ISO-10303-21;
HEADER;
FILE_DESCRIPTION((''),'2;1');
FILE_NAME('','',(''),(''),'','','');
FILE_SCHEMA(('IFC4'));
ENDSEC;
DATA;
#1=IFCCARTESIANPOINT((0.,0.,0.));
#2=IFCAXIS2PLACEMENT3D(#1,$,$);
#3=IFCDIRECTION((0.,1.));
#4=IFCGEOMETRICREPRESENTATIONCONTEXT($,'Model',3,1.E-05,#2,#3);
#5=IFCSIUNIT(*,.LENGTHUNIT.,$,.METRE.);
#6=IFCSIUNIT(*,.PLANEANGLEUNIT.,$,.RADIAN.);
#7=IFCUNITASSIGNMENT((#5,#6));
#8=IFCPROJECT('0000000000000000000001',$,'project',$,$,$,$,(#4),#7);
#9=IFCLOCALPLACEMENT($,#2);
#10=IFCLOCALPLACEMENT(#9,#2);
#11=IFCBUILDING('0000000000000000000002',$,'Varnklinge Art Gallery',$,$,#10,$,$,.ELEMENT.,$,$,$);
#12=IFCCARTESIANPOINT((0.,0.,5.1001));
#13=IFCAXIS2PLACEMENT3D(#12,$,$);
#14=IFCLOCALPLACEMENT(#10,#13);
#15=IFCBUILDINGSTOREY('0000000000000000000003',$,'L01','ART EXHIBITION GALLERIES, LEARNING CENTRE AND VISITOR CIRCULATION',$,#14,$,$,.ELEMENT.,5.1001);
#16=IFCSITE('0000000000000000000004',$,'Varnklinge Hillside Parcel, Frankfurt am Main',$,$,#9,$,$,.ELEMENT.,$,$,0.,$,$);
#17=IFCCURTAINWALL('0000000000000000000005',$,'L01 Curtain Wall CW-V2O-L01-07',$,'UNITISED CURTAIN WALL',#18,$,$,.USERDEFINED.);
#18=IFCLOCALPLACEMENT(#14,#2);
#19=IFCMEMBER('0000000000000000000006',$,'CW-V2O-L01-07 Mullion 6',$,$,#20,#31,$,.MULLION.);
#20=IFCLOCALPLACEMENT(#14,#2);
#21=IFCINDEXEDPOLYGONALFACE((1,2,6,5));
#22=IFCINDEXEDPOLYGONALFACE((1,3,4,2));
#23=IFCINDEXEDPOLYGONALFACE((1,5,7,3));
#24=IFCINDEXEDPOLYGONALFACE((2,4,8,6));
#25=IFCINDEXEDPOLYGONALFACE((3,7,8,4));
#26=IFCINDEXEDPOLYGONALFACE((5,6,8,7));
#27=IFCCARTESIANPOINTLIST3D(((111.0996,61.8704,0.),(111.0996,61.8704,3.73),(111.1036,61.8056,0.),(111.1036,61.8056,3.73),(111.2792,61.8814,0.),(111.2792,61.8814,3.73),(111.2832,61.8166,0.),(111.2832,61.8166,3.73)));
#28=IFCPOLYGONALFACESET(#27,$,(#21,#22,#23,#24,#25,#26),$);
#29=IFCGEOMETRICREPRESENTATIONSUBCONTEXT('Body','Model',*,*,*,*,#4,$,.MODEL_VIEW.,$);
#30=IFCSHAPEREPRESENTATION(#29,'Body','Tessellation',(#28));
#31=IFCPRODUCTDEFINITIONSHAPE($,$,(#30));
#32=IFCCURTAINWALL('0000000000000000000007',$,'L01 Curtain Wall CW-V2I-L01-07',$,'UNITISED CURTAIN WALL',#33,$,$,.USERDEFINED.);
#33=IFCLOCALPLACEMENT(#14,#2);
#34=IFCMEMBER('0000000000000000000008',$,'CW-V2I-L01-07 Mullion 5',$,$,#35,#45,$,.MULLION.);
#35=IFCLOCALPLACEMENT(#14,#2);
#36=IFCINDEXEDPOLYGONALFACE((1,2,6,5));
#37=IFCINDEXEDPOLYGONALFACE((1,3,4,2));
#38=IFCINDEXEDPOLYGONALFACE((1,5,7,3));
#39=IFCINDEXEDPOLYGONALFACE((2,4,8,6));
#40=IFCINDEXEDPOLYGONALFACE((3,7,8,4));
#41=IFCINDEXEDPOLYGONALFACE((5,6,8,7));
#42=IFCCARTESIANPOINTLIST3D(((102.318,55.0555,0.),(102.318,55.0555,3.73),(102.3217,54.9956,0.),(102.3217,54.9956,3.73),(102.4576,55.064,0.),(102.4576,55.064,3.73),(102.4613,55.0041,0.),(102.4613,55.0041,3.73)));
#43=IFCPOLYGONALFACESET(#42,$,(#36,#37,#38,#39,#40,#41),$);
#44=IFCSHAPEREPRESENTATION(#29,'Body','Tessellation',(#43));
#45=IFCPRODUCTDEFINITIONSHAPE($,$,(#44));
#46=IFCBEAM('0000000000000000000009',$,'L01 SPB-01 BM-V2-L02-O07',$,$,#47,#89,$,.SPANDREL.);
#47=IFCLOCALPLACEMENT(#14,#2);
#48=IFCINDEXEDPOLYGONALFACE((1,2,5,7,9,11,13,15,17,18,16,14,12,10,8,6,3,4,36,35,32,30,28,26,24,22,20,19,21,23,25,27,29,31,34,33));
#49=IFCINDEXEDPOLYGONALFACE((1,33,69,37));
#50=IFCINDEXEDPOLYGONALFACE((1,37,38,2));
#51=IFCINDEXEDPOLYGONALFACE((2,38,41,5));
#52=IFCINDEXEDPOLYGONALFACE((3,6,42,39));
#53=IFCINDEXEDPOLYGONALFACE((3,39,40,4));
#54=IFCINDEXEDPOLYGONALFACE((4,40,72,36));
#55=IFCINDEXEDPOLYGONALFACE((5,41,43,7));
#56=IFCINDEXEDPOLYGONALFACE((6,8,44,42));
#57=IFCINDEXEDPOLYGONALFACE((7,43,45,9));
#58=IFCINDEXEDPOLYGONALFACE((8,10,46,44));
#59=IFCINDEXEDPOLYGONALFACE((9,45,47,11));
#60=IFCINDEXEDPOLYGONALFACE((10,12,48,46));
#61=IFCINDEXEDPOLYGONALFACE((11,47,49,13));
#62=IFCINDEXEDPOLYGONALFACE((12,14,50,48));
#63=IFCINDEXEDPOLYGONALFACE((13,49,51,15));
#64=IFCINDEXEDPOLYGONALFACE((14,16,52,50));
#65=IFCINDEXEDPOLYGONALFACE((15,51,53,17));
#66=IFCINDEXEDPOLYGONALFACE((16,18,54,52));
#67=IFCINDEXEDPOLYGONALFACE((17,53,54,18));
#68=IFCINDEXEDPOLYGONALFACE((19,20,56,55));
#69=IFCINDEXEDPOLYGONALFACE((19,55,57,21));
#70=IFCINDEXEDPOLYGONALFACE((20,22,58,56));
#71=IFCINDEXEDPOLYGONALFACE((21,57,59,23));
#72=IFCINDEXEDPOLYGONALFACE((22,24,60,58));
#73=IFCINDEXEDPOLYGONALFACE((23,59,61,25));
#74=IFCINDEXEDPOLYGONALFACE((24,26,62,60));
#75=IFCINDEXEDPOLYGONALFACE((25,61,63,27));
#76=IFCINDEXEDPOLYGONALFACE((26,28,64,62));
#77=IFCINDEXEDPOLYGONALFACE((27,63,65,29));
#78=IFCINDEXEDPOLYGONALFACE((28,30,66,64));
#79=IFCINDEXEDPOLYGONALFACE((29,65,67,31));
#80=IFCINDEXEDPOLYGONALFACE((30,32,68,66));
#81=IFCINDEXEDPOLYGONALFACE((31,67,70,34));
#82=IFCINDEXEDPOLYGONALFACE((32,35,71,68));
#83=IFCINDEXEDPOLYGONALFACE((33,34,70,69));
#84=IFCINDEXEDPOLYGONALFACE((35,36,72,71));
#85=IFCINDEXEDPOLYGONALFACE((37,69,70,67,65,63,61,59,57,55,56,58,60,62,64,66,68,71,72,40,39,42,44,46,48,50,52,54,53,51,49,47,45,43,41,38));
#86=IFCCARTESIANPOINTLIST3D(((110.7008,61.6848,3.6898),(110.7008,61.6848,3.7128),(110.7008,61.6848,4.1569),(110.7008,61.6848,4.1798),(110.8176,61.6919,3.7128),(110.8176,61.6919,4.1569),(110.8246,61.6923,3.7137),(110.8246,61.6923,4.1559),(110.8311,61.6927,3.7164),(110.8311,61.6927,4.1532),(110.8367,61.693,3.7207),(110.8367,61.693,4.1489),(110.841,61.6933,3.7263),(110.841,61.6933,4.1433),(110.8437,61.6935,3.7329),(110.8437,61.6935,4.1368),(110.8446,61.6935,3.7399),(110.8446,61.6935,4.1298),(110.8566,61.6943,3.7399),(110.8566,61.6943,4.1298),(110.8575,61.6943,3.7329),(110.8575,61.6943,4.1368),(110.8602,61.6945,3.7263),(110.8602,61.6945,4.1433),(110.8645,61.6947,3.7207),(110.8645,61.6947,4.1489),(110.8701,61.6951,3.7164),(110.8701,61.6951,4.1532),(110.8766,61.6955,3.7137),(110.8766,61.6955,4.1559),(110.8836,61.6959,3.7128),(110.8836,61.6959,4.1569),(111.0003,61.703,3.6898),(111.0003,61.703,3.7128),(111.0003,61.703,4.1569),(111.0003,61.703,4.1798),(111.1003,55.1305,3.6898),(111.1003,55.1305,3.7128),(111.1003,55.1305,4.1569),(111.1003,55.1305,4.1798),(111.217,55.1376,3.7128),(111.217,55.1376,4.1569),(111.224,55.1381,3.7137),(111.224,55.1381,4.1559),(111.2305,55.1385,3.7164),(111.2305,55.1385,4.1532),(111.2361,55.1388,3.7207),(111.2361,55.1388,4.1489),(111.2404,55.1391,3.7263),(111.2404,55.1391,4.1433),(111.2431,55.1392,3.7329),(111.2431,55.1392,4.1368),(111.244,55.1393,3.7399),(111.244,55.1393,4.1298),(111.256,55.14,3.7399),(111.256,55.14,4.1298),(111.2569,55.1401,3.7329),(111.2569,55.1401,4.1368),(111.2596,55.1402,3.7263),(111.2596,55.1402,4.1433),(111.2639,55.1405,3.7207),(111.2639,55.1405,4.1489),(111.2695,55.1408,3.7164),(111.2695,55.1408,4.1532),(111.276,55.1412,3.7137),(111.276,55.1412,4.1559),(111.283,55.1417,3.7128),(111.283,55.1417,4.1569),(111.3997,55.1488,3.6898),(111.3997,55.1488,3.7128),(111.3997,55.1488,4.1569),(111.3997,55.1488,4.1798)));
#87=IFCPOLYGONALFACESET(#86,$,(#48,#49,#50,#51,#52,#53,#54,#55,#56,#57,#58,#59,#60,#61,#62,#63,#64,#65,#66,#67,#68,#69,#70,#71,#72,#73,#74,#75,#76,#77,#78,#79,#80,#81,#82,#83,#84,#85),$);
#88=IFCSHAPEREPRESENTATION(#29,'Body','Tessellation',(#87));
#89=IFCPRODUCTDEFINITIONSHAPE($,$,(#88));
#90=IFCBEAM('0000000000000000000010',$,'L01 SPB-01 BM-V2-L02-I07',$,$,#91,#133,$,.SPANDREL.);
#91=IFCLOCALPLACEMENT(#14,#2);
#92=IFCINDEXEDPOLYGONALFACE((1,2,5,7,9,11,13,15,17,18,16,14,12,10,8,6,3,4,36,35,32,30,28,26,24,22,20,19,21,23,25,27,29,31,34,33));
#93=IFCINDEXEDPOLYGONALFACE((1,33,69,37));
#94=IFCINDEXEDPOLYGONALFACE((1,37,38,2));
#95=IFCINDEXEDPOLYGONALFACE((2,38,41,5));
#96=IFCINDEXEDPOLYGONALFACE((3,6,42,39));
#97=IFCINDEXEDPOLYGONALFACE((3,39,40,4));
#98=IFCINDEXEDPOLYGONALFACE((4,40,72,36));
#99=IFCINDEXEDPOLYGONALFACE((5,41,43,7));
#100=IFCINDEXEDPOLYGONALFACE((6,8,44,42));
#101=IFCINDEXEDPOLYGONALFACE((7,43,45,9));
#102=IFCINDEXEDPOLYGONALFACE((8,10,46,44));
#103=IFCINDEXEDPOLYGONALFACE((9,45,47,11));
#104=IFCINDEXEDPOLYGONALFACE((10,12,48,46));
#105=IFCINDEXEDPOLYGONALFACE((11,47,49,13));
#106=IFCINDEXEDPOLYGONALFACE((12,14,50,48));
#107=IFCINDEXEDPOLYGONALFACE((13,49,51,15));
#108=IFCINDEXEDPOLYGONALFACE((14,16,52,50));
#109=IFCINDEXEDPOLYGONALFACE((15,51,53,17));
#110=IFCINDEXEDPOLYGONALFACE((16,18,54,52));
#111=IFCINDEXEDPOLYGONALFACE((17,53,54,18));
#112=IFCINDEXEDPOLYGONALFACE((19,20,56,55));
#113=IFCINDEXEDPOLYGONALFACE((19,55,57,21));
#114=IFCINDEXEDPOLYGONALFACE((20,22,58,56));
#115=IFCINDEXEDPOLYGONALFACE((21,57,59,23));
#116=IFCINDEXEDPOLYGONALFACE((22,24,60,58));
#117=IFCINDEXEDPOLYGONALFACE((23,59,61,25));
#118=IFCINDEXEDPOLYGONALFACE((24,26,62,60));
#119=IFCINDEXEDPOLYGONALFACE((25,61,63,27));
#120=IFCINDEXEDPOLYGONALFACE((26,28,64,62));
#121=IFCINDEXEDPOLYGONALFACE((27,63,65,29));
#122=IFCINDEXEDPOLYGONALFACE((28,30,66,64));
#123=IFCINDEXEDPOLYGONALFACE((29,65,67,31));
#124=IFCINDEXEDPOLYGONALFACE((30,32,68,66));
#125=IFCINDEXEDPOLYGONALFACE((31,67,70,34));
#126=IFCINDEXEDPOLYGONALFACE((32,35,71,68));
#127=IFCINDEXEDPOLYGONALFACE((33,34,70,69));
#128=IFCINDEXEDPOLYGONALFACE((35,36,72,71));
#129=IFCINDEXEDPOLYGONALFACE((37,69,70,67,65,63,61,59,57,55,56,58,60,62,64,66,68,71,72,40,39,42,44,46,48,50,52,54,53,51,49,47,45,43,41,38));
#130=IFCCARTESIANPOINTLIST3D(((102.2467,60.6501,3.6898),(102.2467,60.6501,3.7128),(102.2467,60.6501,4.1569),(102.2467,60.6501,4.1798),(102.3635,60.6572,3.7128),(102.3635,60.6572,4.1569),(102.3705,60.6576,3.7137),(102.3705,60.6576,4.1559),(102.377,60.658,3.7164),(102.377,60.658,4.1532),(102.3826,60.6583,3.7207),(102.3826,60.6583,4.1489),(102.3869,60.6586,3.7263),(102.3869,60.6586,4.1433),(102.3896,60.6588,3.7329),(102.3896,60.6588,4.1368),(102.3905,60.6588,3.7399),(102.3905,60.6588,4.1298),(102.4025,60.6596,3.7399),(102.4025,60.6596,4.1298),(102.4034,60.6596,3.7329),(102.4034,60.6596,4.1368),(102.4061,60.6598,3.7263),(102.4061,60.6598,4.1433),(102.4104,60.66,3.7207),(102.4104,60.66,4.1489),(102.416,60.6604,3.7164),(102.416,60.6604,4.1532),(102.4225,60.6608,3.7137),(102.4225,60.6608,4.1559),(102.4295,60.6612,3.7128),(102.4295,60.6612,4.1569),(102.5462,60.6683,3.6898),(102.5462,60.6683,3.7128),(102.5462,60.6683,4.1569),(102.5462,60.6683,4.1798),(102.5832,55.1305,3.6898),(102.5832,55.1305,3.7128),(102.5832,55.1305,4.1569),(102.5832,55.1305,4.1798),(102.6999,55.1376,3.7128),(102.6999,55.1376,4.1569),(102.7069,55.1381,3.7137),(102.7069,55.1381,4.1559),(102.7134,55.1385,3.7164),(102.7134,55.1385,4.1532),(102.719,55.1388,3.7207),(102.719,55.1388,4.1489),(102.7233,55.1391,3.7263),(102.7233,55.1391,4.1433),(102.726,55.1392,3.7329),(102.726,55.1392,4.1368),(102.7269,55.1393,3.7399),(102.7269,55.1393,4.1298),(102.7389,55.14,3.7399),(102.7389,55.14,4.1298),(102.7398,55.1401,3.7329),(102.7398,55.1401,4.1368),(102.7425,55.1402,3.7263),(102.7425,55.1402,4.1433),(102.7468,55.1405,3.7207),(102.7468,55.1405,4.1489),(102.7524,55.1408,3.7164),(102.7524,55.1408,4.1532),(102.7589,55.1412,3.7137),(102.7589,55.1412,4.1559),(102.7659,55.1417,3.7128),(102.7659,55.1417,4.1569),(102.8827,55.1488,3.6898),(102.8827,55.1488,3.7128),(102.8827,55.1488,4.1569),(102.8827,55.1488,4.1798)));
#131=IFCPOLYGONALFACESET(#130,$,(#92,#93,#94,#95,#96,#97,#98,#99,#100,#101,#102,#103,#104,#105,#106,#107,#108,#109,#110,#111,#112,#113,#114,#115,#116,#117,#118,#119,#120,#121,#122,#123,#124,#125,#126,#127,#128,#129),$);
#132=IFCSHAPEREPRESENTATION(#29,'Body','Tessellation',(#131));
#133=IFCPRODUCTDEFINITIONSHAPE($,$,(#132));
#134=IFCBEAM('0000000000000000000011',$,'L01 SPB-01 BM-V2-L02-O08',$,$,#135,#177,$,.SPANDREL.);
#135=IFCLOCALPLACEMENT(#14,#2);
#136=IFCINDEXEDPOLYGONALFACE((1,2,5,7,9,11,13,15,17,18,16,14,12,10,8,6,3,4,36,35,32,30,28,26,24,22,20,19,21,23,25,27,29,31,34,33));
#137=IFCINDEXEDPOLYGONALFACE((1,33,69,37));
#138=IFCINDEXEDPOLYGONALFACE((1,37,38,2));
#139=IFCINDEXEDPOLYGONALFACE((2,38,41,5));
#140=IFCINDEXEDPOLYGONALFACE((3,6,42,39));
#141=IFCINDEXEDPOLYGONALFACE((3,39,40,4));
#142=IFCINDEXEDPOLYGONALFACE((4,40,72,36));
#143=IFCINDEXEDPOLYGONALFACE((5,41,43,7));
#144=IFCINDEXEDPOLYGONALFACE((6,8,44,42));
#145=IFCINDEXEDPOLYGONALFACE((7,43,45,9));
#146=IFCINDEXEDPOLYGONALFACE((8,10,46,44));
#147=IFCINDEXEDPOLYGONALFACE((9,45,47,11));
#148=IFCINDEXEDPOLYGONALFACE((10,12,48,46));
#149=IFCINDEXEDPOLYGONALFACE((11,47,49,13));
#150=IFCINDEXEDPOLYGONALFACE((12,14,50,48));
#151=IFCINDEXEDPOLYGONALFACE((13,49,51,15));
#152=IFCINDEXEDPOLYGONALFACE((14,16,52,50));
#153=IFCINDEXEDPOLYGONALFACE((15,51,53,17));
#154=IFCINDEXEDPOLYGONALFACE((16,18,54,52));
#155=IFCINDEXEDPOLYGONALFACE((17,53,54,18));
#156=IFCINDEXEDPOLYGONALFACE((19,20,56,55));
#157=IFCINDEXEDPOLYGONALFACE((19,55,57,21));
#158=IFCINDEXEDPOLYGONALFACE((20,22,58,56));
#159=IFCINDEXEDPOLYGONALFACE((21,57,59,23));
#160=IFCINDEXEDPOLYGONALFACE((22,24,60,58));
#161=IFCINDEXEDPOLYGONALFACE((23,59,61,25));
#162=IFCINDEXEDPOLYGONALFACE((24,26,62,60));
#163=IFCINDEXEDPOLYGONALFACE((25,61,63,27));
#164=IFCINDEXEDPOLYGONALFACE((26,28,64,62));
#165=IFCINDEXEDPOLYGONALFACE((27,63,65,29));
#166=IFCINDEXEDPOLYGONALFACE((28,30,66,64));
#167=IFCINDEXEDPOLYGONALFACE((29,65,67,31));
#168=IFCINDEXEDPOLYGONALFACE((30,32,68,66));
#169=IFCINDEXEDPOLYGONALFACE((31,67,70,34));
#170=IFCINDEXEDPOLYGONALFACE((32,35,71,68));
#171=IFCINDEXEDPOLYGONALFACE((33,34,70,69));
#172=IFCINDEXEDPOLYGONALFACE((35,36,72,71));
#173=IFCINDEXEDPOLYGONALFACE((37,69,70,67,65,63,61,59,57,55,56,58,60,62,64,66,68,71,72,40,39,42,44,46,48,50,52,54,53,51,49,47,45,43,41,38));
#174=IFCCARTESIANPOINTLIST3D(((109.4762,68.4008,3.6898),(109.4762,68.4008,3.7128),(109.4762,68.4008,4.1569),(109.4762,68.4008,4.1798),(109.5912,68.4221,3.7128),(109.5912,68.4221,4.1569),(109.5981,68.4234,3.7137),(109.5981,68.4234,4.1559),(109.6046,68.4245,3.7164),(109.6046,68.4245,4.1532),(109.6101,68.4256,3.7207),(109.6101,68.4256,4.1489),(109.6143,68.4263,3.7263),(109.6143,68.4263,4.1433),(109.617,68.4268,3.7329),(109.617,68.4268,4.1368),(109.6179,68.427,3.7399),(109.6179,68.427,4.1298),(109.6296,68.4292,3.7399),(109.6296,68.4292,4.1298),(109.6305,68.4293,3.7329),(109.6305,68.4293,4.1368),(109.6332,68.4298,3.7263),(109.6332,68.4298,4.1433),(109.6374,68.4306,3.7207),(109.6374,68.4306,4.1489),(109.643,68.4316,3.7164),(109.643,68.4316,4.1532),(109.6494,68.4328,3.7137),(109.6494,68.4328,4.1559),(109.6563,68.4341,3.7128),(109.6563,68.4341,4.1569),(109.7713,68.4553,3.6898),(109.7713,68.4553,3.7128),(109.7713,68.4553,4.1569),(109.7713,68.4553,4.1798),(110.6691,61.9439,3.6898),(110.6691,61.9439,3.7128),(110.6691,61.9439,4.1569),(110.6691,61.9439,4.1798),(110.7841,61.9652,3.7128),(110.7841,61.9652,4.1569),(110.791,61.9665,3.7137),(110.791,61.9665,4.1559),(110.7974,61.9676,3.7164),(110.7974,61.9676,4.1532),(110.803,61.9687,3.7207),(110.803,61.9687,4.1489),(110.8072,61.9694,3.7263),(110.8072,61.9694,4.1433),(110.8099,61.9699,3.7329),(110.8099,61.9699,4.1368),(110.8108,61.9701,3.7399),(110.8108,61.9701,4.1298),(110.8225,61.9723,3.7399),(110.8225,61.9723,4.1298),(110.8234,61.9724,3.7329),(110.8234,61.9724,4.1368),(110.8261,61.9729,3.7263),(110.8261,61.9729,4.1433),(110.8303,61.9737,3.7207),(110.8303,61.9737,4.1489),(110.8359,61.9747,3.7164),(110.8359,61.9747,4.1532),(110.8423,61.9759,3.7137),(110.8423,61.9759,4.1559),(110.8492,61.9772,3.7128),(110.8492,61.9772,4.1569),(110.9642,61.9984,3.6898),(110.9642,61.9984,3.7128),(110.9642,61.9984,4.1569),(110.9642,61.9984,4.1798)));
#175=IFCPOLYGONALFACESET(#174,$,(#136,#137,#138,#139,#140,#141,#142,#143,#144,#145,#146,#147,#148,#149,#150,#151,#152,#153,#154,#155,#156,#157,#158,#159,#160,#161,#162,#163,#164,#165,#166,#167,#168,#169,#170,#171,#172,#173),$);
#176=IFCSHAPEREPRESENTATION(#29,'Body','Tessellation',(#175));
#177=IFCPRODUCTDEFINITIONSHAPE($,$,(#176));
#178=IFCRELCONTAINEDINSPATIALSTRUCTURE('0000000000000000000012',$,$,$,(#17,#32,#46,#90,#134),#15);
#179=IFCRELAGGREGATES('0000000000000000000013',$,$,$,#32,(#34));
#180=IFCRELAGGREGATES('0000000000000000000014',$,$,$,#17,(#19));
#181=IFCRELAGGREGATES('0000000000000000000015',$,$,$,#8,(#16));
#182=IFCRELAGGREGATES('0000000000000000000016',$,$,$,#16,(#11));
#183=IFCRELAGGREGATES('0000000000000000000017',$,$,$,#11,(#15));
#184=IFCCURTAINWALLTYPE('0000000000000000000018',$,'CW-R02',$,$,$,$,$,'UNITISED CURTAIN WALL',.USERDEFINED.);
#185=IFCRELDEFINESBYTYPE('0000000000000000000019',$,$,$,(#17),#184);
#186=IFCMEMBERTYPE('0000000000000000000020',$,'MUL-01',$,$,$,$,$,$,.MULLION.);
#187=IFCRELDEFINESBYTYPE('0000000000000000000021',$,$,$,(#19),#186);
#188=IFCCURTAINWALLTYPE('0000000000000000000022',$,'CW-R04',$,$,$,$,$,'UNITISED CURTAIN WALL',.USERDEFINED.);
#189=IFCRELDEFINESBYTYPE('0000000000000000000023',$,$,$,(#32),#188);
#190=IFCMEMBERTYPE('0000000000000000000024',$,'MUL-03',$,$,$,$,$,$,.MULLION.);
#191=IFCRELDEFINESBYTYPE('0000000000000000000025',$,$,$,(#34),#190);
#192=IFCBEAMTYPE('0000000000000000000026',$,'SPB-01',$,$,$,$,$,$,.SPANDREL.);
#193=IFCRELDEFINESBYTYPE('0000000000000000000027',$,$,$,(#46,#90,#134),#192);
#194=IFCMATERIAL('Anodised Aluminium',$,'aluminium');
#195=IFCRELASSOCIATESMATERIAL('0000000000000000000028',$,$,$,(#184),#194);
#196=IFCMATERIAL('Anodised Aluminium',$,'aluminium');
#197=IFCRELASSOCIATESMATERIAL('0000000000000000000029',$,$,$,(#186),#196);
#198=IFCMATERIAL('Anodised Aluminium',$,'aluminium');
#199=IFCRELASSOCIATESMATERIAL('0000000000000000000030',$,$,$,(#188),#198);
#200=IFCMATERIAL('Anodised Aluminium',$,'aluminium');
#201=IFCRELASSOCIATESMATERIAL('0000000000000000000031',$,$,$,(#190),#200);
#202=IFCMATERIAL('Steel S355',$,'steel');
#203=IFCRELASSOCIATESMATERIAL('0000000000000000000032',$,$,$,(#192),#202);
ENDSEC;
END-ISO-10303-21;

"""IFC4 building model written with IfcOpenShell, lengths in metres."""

from ifc_helpers import new_model, si_unit, direction, frame, origin, origin_2d, place, context, subcontext, project, spatial, rectangle, i_section, extrude, material, material_profile, profile_set, type_object, element, aggregate, save


model = new_model("IFC4")

# Units and contexts
model_context = context("Model", 3, precision=1e-05, world=origin(), true_north=direction((0.0, 1.0)))
body_context = subcontext(model_context, "Body", "Model", "MODEL_VIEW")
ifc_project = project(units=[si_unit("LENGTHUNIT", "METRE"), si_unit("PLANEANGLEUNIT", "RADIAN")], contexts=[model_context])

# Site, building, storey
site_placement = place(None, origin())
site = spatial("IfcSite", under=ifc_project, at=site_placement, Name="Varnklinge Hillside Parcel, Frankfurt am Main", CompositionType="ELEMENT", RefElevation=0.0)
building_placement = place(site_placement, origin())
building = spatial("IfcBuilding", under=site, at=building_placement, Name="Varnklinge Art Gallery", CompositionType="ELEMENT")
storey_placement = place(building_placement, frame((0.0, 0.0, 5.1001)))
storey = spatial("IfcBuildingStorey", under=building, at=storey_placement, Name="L01", Description="ART EXHIBITION GALLERIES, LEARNING CENTRE AND VISITOR CIRCULATION", CompositionType="ELEMENT", Elevation=5.1001)

# Curtain walls, members
ifc_material_1 = material(Name="Anodised Aluminium", Category="aluminium")
curtain_wall_type_1 = type_object("IfcCurtainWallType", Name="CW-R02", ElementType="UNITISED CURTAIN WALL", PredefinedType="USERDEFINED", material=ifc_material_1)
curtain_wall_1_placement = place(storey_placement, origin())
curtain_wall_1 = element("IfcCurtainWall", 1, at=curtain_wall_1_placement, inside=storey, type_object=curtain_wall_type_1, Name="L01 Curtain Wall CW-V2O-L01-07", ObjectType="UNITISED CURTAIN WALL", PredefinedType="USERDEFINED")
ifc_material_2 = material(Name="Anodised Aluminium", Category="aluminium")
ifc_material_profile_1 = material_profile(ifc_material_2, rectangle(XDim=0.0649, YDim=0.1799, at=origin_2d()), Name="ALU 65x180")
ifc_profile_set_1 = profile_set([ifc_material_profile_1], Name="Anodised Aluminium")
member_type_1 = type_object("IfcMemberType", Name="MUL-01", PredefinedType="MULLION", material=ifc_profile_set_1)
member_1_placement = place(storey_placement, frame((111.1914, 61.8435, 0.0), z_axis=(0.0, 0.0, 1.0), x_axis=(-0.060874, 0.998145, 0.0)))
member_1 = element("IfcMember", 2, at=member_1_placement, type_object=member_type_1, Name="CW-V2O-L01-07 Mullion 6", PredefinedType="MULLION", context=body_context, shape_type="SweptSolid", body=[
    extrude(rectangle(XDim=0.0649, YDim=0.1799, at=origin_2d()), origin(), (0.0, 0.0, 1.0), 3.73),
])
ifc_material_3 = material(Name="Anodised Aluminium", Category="aluminium")
curtain_wall_type_2 = type_object("IfcCurtainWallType", Name="CW-R04", ElementType="UNITISED CURTAIN WALL", PredefinedType="USERDEFINED", material=ifc_material_3)
curtain_wall_2_placement = place(storey_placement, origin())
curtain_wall_2 = element("IfcCurtainWall", 3, at=curtain_wall_2_placement, inside=storey, type_object=curtain_wall_type_2, Name="L01 Curtain Wall CW-V2I-L01-07", ObjectType="UNITISED CURTAIN WALL", PredefinedType="USERDEFINED")
ifc_material_4 = material(Name="Anodised Aluminium", Category="aluminium")
ifc_material_profile_2 = material_profile(ifc_material_4, rectangle(XDim=0.0601, YDim=0.1399, at=origin_2d()), Name="ALU 60x140")
ifc_profile_set_2 = profile_set([ifc_material_profile_2], Name="Anodised Aluminium")
member_type_2 = type_object("IfcMemberType", Name="MUL-03", PredefinedType="MULLION", material=ifc_profile_set_2)
member_2_placement = place(storey_placement, frame((102.3896, 55.0298, 0.0), z_axis=(0.0, 0.0, 1.0), x_axis=(0.060874, -0.998145, 0.0)))
member_2 = element("IfcMember", 4, at=member_2_placement, type_object=member_type_2, Name="CW-V2I-L01-07 Mullion 5", PredefinedType="MULLION", context=body_context, shape_type="SweptSolid", body=[
    extrude(rectangle(XDim=0.0601, YDim=0.1399, at=origin_2d()), origin(), (0.0, 0.0, 1.0), 3.73),
])

# Beams
ifc_material_5 = material(Name="Steel S355", Category="steel")
ifc_material_profile_3 = material_profile(ifc_material_5, i_section(OverallWidth=0.3, OverallDepth=0.49, WebThickness=0.012, FlangeThickness=0.0229, FilletRadius=0.0271, at=origin_2d()), Name="HEA 500")
ifc_profile_set_3 = profile_set([ifc_material_profile_3], Name="Steel S355")
beam_type_1 = type_object("IfcBeamType", Name="SPB-01", PredefinedType="SPANDREL", material=ifc_profile_set_3)
beam_1_placement = place(storey_placement, frame((111.25, 55.1396, 3.9348), z_axis=(-0.060827, 0.998148, 0.0), x_axis=(-0.998148, -0.060827, 0.0)))
element("IfcBeam", 5, at=beam_1_placement, inside=storey, type_object=beam_type_1, Name="L01 SPB-01 BM-V2-L02-O07", PredefinedType="SPANDREL", context=body_context, shape_type="SweptSolid", body=[
    extrude(i_section(OverallWidth=0.3, OverallDepth=0.49, WebThickness=0.012, FlangeThickness=0.0229, FilletRadius=0.0271, at=origin_2d()), origin(), (0.0, 0.0, 1.0), 6.5664),
])
beam_2_placement = place(storey_placement, frame((102.7329, 55.1396, 3.9348), z_axis=(-0.060839, 0.998148, 0.0), x_axis=(-0.998148, -0.060839, 0.0)))
element("IfcBeam", 6, at=beam_2_placement, inside=storey, type_object=beam_type_1, Name="L01 SPB-01 BM-V2-L02-I07", PredefinedType="SPANDREL", context=body_context, shape_type="SweptSolid", body=[
    extrude(i_section(OverallWidth=0.3, OverallDepth=0.49, WebThickness=0.012, FlangeThickness=0.0229, FilletRadius=0.0271, at=origin_2d()), origin(), (0.0, 0.0, 1.0), 5.5298),
])
beam_3_placement = place(storey_placement, frame((110.8167, 61.9712, 3.9348), z_axis=(-0.181672, 0.983359, 0.0), x_axis=(-0.983359, -0.181672, 0.0)))
element("IfcBeam", 7, at=beam_3_placement, inside=storey, type_object=beam_type_1, Name="L01 SPB-01 BM-V2-L02-O08", PredefinedType="SPANDREL", context=body_context, shape_type="SweptSolid", body=[
    extrude(i_section(OverallWidth=0.3, OverallDepth=0.49, WebThickness=0.012, FlangeThickness=0.0229, FilletRadius=0.0271, at=origin_2d()), origin(), (0.0, 0.0, 1.0), 6.5662),
])

aggregate(curtain_wall_2, [member_2])
aggregate(curtain_wall_1, [member_1])

save(model, "model.ifc")
